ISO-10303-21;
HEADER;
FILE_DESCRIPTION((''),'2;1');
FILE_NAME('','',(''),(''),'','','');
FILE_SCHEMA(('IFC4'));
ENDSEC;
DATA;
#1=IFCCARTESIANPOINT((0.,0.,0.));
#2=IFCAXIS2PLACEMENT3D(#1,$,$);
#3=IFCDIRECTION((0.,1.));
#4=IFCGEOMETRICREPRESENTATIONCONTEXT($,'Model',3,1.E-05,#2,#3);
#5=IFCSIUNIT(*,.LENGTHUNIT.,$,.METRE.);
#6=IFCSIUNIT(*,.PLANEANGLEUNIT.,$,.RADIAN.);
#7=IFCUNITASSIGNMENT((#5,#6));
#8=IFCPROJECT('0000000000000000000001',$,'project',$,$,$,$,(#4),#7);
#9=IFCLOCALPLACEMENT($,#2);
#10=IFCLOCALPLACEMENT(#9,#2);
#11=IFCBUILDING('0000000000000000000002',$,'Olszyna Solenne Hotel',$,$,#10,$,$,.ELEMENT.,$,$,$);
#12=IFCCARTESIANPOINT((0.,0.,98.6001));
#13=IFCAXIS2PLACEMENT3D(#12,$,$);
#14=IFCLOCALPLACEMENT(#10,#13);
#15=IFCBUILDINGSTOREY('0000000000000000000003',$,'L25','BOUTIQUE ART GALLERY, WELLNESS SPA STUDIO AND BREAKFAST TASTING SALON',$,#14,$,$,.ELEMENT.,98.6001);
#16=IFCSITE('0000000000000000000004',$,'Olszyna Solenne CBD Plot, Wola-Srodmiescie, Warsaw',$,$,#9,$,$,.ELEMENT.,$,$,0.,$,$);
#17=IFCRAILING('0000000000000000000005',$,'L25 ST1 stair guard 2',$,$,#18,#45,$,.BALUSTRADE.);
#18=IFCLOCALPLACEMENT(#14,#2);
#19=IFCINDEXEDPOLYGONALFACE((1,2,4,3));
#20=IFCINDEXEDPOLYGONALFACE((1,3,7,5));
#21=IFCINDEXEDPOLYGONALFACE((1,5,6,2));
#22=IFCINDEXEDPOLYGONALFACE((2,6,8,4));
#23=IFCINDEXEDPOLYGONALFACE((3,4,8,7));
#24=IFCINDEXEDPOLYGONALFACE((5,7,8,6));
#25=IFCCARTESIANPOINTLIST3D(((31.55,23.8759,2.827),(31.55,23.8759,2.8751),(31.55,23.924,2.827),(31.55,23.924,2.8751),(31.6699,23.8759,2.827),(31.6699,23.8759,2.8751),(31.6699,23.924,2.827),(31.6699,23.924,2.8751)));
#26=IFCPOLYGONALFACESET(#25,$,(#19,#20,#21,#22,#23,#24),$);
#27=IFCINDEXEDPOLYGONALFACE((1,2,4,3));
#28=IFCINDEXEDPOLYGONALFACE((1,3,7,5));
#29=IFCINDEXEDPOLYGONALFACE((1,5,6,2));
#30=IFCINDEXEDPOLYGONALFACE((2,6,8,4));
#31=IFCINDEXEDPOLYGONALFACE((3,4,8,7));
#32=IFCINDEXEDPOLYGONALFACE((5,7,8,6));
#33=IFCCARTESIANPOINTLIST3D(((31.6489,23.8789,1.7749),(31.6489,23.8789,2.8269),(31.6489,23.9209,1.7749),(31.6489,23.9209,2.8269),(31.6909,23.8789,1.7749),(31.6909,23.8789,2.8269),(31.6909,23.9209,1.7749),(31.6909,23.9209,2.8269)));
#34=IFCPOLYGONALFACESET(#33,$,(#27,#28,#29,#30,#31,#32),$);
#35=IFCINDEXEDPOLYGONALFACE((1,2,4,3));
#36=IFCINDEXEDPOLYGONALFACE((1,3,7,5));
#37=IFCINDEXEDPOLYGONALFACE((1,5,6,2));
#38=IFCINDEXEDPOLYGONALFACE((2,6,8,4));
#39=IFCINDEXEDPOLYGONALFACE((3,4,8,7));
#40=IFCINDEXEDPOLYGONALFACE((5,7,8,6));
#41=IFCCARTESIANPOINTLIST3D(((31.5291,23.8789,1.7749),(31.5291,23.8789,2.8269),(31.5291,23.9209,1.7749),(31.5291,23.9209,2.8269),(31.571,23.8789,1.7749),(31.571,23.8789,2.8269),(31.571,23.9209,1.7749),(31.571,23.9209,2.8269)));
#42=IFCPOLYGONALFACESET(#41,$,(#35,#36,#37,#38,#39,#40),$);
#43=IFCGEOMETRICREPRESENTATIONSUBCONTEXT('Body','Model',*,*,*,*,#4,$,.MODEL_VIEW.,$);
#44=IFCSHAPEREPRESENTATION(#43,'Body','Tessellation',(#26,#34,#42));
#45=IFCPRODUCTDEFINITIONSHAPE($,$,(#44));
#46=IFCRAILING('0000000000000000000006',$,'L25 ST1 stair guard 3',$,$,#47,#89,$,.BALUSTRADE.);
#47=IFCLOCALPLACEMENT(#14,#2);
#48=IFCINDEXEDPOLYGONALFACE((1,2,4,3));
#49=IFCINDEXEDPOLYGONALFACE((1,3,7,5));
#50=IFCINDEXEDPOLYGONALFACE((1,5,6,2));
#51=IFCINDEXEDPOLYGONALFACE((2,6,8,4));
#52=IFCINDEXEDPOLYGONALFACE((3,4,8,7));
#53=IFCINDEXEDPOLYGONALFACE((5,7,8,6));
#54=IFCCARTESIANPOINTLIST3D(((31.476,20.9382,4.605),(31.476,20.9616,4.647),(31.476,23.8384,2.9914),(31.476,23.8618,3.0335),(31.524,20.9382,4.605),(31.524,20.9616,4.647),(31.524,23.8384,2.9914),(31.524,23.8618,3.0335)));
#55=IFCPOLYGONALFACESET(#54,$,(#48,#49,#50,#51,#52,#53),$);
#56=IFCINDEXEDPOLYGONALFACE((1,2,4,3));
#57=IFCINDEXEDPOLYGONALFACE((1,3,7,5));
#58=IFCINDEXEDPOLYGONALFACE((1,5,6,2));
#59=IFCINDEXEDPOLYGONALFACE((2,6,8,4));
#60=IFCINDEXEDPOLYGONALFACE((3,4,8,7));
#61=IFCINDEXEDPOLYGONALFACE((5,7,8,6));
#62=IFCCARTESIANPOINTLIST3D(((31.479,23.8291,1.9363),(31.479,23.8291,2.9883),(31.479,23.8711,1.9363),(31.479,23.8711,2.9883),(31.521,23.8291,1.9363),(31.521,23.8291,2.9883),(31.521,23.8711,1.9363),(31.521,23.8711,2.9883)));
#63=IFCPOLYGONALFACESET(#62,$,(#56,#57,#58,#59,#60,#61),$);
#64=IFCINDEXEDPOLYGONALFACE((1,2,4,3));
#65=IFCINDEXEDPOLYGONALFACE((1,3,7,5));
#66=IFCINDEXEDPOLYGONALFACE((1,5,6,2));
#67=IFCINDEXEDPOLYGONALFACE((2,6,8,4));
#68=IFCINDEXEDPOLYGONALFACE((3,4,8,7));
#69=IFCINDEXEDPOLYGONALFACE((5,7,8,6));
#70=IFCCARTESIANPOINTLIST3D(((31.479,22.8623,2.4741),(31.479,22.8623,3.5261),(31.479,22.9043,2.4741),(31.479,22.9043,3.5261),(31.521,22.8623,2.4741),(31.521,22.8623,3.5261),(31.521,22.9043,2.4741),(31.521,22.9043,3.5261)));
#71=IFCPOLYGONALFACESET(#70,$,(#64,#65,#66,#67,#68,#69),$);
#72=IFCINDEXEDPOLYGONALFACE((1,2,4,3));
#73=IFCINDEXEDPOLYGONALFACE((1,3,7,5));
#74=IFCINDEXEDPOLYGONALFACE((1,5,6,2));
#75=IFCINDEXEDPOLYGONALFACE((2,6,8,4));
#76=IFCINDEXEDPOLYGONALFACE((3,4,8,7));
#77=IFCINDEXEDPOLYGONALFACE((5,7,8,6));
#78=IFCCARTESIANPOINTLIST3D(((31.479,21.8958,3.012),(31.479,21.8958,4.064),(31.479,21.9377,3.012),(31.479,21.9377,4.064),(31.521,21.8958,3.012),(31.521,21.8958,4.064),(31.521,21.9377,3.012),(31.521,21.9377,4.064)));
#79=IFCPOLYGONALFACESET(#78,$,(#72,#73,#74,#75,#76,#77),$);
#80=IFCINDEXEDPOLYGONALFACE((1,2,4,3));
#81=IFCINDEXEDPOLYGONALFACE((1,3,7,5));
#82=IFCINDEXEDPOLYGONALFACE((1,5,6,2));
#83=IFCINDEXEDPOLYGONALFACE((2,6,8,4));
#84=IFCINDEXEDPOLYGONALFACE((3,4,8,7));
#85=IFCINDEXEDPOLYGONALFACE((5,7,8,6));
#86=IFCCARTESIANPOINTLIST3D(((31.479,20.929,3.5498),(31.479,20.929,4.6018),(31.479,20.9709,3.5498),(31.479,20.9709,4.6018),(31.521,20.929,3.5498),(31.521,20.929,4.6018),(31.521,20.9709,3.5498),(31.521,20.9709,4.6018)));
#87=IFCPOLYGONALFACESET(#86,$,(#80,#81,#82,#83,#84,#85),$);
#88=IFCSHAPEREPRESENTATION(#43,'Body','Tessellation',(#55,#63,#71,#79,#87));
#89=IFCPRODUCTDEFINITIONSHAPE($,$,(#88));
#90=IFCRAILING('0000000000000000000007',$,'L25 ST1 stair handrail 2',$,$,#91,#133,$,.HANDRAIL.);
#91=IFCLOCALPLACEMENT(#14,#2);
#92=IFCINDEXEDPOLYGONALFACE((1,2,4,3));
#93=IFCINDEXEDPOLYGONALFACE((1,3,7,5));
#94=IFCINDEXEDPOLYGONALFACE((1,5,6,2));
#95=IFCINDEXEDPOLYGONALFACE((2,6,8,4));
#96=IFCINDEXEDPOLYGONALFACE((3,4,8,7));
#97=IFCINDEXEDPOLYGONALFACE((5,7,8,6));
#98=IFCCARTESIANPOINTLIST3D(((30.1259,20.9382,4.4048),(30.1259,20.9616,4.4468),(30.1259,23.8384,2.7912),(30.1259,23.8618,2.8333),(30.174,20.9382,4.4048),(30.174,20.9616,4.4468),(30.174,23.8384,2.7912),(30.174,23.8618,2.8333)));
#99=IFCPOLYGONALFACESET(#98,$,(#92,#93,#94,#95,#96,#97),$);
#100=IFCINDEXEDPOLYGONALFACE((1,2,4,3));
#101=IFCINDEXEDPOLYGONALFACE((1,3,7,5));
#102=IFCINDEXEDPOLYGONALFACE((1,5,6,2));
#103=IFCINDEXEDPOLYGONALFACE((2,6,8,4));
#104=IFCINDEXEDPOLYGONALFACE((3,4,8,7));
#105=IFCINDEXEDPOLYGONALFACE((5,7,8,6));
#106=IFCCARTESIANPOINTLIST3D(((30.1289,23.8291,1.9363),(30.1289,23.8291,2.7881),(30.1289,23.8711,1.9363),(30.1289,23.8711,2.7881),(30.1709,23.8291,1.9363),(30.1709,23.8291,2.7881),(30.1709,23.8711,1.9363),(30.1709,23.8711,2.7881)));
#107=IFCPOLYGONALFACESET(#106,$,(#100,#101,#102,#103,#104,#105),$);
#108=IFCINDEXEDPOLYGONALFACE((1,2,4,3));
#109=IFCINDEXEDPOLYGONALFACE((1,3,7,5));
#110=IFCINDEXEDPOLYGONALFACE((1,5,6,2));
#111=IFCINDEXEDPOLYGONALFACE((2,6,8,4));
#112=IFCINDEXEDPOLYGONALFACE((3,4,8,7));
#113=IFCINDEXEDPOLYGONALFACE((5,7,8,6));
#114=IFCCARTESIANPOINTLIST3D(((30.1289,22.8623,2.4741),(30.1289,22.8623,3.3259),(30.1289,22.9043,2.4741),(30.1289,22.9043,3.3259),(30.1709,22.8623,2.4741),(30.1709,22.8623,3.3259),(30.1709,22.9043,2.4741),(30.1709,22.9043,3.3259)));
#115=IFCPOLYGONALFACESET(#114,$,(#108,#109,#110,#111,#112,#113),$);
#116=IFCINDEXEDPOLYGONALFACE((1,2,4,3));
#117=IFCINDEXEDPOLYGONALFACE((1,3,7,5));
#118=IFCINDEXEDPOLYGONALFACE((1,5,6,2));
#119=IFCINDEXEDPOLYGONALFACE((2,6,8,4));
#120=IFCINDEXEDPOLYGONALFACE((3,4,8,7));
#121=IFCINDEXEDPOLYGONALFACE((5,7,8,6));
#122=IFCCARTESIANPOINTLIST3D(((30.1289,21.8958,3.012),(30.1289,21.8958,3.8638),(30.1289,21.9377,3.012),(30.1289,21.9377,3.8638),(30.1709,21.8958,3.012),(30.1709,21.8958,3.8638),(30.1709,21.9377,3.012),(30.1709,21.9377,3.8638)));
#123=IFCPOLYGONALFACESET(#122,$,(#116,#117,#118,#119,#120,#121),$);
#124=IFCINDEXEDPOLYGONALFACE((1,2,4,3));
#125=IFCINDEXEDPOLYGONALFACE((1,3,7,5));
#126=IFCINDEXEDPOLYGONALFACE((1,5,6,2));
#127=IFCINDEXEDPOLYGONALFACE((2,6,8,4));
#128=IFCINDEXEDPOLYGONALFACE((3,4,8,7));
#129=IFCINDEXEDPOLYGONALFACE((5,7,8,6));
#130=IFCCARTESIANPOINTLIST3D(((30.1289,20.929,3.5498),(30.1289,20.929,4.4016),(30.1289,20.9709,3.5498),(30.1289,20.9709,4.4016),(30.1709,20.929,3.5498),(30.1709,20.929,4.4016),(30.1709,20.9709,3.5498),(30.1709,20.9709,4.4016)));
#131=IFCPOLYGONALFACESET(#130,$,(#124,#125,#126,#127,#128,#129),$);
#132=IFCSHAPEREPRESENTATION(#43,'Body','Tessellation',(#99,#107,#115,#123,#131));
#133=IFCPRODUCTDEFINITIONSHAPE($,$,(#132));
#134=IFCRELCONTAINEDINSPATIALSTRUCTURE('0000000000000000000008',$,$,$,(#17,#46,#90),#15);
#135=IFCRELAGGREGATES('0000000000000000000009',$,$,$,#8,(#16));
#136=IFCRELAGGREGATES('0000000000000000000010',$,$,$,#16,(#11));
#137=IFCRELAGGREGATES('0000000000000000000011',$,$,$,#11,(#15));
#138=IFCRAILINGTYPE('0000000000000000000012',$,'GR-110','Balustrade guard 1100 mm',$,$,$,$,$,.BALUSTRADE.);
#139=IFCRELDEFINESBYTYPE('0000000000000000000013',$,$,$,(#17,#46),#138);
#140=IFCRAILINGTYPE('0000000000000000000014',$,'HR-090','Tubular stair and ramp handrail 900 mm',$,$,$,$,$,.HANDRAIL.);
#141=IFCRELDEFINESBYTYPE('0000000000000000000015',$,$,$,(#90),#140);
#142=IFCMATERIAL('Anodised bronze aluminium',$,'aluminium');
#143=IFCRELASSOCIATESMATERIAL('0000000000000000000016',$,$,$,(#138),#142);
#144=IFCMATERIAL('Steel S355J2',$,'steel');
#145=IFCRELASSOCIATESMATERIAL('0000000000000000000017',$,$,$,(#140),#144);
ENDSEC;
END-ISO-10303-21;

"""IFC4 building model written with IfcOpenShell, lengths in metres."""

from ifc_helpers import new_model, si_unit, direction, frame, origin, origin_2d, place, context, subcontext, project, spatial, rectangle, extrude, material, type_object, element, save


model = new_model("IFC4")

# Units and contexts
model_context = context("Model", 3, precision=1e-05, world=origin(), true_north=direction((0.0, 1.0)))
body_context = subcontext(model_context, "Body", "Model", "MODEL_VIEW")
ifc_project = project(units=[si_unit("LENGTHUNIT", "METRE"), si_unit("PLANEANGLEUNIT", "RADIAN")], contexts=[model_context])

# Site, building, storey
site_placement = place(None, origin())
site = spatial("IfcSite", under=ifc_project, at=site_placement, Name="Olszyna Solenne CBD Plot, Wola-Srodmiescie, Warsaw", CompositionType="ELEMENT", RefElevation=0.0)
building_placement = place(site_placement, origin())
building = spatial("IfcBuilding", under=site, at=building_placement, Name="Olszyna Solenne Hotel", CompositionType="ELEMENT")
storey_placement = place(building_placement, frame((0.0, 0.0, 98.6001)))
storey = spatial("IfcBuildingStorey", under=building, at=storey_placement, Name="L25", Description="BOUTIQUE ART GALLERY, WELLNESS SPA STUDIO AND BREAKFAST TASTING SALON", CompositionType="ELEMENT", Elevation=98.6001)

# Shared definitions
ifc_material_1 = material(Name="Steel S355J2", Category="steel")

# Shared definitions
ifc_material_2 = material(Name="Anodised bronze aluminium", Category="aluminium")

# Railings
railing_type_1 = type_object("IfcRailingType", Name="GR-110", Description="Balustrade guard 1100 mm", PredefinedType="BALUSTRADE", material=ifc_material_2)
railing_1_placement = place(storey_placement, frame((31.6699, 23.8999, 1.7749)))
element("IfcRailing", 1, at=railing_1_placement, inside=storey, type_object=railing_type_1, Name="L25 ST1 stair guard 2", PredefinedType="BALUSTRADE", context=body_context, shape_type="SweptSolid", body=[
    extrude(rectangle(XDim=0.0481, YDim=0.0481, at=origin_2d()), frame((0.0, 0.0, 1.0762), z_axis=(-1.0, 0.0, 0.0), x_axis=(0.0, -1.0, 0.0)), (0.0, 0.0, 1.0), 0.1199),
    extrude(rectangle(XDim=0.042, YDim=0.042, at=origin_2d()), origin(), (0.0, 0.0, 1.0), 1.052),
    extrude(rectangle(XDim=0.042, YDim=0.042, at=origin_2d()), frame((-0.1199, 0.0, 0.0)), (0.0, 0.0, 1.0), 1.052),
])
railing_2_placement = place(storey_placement, frame((31.5, 23.8501, 1.9363)))
element("IfcRailing", 2, at=railing_2_placement, inside=storey, type_object=railing_type_1, Name="L25 ST1 stair guard 3", PredefinedType="BALUSTRADE", context=body_context, shape_type="SweptSolid", body=[
    extrude(rectangle(XDim=0.0481, YDim=0.0481, at=origin_2d()), frame((0.0, 0.0, 1.0762), z_axis=(0.0, -0.873859, 0.48618), x_axis=(1.0, 0.0, 0.0)), (0.0, 0.0, 1.0), 3.3188),
    extrude(rectangle(XDim=0.042, YDim=0.042, at=origin_2d()), origin(), (0.0, 0.0, 1.0), 1.052),
    extrude(rectangle(XDim=0.042, YDim=0.042, at=origin_2d()), frame((0.0, -0.9668, 0.5378)), (0.0, 0.0, 1.0), 1.052),
    extrude(rectangle(XDim=0.042, YDim=0.042, at=origin_2d()), frame((0.0, -1.9333, 1.0757)), (0.0, 0.0, 1.0), 1.052),
    extrude(rectangle(XDim=0.042, YDim=0.042, at=origin_2d()), frame((0.0, -2.9001, 1.6135)), (0.0, 0.0, 1.0), 1.052),
])
railing_type_2 = type_object("IfcRailingType", Name="HR-090", Description="Tubular stair and ramp handrail 900 mm", PredefinedType="HANDRAIL", material=ifc_material_1)
railing_3_placement = place(storey_placement, frame((30.1499, 23.8501, 1.9363)))
element("IfcRailing", 3, at=railing_3_placement, inside=storey, type_object=railing_type_2, Name="L25 ST1 stair handrail 2", PredefinedType="HANDRAIL", context=body_context, shape_type="SweptSolid", body=[
    extrude(rectangle(XDim=0.0481, YDim=0.0481, at=origin_2d()), frame((0.0, 0.0, 0.876), z_axis=(0.0, -0.873859, 0.48618), x_axis=(1.0, 0.0, 0.0)), (0.0, 0.0, 1.0), 3.3188),
    extrude(rectangle(XDim=0.042, YDim=0.042, at=origin_2d()), origin(), (0.0, 0.0, 1.0), 0.8518),
    extrude(rectangle(XDim=0.042, YDim=0.042, at=origin_2d()), frame((0.0, -0.9668, 0.5378)), (0.0, 0.0, 1.0), 0.8518),
    extrude(rectangle(XDim=0.042, YDim=0.042, at=origin_2d()), frame((0.0, -1.9333, 1.0757)), (0.0, 0.0, 1.0), 0.8518),
    extrude(rectangle(XDim=0.042, YDim=0.042, at=origin_2d()), frame((0.0, -2.9001, 1.6135)), (0.0, 0.0, 1.0), 0.8518),
])

save(model, "model.ifc")
